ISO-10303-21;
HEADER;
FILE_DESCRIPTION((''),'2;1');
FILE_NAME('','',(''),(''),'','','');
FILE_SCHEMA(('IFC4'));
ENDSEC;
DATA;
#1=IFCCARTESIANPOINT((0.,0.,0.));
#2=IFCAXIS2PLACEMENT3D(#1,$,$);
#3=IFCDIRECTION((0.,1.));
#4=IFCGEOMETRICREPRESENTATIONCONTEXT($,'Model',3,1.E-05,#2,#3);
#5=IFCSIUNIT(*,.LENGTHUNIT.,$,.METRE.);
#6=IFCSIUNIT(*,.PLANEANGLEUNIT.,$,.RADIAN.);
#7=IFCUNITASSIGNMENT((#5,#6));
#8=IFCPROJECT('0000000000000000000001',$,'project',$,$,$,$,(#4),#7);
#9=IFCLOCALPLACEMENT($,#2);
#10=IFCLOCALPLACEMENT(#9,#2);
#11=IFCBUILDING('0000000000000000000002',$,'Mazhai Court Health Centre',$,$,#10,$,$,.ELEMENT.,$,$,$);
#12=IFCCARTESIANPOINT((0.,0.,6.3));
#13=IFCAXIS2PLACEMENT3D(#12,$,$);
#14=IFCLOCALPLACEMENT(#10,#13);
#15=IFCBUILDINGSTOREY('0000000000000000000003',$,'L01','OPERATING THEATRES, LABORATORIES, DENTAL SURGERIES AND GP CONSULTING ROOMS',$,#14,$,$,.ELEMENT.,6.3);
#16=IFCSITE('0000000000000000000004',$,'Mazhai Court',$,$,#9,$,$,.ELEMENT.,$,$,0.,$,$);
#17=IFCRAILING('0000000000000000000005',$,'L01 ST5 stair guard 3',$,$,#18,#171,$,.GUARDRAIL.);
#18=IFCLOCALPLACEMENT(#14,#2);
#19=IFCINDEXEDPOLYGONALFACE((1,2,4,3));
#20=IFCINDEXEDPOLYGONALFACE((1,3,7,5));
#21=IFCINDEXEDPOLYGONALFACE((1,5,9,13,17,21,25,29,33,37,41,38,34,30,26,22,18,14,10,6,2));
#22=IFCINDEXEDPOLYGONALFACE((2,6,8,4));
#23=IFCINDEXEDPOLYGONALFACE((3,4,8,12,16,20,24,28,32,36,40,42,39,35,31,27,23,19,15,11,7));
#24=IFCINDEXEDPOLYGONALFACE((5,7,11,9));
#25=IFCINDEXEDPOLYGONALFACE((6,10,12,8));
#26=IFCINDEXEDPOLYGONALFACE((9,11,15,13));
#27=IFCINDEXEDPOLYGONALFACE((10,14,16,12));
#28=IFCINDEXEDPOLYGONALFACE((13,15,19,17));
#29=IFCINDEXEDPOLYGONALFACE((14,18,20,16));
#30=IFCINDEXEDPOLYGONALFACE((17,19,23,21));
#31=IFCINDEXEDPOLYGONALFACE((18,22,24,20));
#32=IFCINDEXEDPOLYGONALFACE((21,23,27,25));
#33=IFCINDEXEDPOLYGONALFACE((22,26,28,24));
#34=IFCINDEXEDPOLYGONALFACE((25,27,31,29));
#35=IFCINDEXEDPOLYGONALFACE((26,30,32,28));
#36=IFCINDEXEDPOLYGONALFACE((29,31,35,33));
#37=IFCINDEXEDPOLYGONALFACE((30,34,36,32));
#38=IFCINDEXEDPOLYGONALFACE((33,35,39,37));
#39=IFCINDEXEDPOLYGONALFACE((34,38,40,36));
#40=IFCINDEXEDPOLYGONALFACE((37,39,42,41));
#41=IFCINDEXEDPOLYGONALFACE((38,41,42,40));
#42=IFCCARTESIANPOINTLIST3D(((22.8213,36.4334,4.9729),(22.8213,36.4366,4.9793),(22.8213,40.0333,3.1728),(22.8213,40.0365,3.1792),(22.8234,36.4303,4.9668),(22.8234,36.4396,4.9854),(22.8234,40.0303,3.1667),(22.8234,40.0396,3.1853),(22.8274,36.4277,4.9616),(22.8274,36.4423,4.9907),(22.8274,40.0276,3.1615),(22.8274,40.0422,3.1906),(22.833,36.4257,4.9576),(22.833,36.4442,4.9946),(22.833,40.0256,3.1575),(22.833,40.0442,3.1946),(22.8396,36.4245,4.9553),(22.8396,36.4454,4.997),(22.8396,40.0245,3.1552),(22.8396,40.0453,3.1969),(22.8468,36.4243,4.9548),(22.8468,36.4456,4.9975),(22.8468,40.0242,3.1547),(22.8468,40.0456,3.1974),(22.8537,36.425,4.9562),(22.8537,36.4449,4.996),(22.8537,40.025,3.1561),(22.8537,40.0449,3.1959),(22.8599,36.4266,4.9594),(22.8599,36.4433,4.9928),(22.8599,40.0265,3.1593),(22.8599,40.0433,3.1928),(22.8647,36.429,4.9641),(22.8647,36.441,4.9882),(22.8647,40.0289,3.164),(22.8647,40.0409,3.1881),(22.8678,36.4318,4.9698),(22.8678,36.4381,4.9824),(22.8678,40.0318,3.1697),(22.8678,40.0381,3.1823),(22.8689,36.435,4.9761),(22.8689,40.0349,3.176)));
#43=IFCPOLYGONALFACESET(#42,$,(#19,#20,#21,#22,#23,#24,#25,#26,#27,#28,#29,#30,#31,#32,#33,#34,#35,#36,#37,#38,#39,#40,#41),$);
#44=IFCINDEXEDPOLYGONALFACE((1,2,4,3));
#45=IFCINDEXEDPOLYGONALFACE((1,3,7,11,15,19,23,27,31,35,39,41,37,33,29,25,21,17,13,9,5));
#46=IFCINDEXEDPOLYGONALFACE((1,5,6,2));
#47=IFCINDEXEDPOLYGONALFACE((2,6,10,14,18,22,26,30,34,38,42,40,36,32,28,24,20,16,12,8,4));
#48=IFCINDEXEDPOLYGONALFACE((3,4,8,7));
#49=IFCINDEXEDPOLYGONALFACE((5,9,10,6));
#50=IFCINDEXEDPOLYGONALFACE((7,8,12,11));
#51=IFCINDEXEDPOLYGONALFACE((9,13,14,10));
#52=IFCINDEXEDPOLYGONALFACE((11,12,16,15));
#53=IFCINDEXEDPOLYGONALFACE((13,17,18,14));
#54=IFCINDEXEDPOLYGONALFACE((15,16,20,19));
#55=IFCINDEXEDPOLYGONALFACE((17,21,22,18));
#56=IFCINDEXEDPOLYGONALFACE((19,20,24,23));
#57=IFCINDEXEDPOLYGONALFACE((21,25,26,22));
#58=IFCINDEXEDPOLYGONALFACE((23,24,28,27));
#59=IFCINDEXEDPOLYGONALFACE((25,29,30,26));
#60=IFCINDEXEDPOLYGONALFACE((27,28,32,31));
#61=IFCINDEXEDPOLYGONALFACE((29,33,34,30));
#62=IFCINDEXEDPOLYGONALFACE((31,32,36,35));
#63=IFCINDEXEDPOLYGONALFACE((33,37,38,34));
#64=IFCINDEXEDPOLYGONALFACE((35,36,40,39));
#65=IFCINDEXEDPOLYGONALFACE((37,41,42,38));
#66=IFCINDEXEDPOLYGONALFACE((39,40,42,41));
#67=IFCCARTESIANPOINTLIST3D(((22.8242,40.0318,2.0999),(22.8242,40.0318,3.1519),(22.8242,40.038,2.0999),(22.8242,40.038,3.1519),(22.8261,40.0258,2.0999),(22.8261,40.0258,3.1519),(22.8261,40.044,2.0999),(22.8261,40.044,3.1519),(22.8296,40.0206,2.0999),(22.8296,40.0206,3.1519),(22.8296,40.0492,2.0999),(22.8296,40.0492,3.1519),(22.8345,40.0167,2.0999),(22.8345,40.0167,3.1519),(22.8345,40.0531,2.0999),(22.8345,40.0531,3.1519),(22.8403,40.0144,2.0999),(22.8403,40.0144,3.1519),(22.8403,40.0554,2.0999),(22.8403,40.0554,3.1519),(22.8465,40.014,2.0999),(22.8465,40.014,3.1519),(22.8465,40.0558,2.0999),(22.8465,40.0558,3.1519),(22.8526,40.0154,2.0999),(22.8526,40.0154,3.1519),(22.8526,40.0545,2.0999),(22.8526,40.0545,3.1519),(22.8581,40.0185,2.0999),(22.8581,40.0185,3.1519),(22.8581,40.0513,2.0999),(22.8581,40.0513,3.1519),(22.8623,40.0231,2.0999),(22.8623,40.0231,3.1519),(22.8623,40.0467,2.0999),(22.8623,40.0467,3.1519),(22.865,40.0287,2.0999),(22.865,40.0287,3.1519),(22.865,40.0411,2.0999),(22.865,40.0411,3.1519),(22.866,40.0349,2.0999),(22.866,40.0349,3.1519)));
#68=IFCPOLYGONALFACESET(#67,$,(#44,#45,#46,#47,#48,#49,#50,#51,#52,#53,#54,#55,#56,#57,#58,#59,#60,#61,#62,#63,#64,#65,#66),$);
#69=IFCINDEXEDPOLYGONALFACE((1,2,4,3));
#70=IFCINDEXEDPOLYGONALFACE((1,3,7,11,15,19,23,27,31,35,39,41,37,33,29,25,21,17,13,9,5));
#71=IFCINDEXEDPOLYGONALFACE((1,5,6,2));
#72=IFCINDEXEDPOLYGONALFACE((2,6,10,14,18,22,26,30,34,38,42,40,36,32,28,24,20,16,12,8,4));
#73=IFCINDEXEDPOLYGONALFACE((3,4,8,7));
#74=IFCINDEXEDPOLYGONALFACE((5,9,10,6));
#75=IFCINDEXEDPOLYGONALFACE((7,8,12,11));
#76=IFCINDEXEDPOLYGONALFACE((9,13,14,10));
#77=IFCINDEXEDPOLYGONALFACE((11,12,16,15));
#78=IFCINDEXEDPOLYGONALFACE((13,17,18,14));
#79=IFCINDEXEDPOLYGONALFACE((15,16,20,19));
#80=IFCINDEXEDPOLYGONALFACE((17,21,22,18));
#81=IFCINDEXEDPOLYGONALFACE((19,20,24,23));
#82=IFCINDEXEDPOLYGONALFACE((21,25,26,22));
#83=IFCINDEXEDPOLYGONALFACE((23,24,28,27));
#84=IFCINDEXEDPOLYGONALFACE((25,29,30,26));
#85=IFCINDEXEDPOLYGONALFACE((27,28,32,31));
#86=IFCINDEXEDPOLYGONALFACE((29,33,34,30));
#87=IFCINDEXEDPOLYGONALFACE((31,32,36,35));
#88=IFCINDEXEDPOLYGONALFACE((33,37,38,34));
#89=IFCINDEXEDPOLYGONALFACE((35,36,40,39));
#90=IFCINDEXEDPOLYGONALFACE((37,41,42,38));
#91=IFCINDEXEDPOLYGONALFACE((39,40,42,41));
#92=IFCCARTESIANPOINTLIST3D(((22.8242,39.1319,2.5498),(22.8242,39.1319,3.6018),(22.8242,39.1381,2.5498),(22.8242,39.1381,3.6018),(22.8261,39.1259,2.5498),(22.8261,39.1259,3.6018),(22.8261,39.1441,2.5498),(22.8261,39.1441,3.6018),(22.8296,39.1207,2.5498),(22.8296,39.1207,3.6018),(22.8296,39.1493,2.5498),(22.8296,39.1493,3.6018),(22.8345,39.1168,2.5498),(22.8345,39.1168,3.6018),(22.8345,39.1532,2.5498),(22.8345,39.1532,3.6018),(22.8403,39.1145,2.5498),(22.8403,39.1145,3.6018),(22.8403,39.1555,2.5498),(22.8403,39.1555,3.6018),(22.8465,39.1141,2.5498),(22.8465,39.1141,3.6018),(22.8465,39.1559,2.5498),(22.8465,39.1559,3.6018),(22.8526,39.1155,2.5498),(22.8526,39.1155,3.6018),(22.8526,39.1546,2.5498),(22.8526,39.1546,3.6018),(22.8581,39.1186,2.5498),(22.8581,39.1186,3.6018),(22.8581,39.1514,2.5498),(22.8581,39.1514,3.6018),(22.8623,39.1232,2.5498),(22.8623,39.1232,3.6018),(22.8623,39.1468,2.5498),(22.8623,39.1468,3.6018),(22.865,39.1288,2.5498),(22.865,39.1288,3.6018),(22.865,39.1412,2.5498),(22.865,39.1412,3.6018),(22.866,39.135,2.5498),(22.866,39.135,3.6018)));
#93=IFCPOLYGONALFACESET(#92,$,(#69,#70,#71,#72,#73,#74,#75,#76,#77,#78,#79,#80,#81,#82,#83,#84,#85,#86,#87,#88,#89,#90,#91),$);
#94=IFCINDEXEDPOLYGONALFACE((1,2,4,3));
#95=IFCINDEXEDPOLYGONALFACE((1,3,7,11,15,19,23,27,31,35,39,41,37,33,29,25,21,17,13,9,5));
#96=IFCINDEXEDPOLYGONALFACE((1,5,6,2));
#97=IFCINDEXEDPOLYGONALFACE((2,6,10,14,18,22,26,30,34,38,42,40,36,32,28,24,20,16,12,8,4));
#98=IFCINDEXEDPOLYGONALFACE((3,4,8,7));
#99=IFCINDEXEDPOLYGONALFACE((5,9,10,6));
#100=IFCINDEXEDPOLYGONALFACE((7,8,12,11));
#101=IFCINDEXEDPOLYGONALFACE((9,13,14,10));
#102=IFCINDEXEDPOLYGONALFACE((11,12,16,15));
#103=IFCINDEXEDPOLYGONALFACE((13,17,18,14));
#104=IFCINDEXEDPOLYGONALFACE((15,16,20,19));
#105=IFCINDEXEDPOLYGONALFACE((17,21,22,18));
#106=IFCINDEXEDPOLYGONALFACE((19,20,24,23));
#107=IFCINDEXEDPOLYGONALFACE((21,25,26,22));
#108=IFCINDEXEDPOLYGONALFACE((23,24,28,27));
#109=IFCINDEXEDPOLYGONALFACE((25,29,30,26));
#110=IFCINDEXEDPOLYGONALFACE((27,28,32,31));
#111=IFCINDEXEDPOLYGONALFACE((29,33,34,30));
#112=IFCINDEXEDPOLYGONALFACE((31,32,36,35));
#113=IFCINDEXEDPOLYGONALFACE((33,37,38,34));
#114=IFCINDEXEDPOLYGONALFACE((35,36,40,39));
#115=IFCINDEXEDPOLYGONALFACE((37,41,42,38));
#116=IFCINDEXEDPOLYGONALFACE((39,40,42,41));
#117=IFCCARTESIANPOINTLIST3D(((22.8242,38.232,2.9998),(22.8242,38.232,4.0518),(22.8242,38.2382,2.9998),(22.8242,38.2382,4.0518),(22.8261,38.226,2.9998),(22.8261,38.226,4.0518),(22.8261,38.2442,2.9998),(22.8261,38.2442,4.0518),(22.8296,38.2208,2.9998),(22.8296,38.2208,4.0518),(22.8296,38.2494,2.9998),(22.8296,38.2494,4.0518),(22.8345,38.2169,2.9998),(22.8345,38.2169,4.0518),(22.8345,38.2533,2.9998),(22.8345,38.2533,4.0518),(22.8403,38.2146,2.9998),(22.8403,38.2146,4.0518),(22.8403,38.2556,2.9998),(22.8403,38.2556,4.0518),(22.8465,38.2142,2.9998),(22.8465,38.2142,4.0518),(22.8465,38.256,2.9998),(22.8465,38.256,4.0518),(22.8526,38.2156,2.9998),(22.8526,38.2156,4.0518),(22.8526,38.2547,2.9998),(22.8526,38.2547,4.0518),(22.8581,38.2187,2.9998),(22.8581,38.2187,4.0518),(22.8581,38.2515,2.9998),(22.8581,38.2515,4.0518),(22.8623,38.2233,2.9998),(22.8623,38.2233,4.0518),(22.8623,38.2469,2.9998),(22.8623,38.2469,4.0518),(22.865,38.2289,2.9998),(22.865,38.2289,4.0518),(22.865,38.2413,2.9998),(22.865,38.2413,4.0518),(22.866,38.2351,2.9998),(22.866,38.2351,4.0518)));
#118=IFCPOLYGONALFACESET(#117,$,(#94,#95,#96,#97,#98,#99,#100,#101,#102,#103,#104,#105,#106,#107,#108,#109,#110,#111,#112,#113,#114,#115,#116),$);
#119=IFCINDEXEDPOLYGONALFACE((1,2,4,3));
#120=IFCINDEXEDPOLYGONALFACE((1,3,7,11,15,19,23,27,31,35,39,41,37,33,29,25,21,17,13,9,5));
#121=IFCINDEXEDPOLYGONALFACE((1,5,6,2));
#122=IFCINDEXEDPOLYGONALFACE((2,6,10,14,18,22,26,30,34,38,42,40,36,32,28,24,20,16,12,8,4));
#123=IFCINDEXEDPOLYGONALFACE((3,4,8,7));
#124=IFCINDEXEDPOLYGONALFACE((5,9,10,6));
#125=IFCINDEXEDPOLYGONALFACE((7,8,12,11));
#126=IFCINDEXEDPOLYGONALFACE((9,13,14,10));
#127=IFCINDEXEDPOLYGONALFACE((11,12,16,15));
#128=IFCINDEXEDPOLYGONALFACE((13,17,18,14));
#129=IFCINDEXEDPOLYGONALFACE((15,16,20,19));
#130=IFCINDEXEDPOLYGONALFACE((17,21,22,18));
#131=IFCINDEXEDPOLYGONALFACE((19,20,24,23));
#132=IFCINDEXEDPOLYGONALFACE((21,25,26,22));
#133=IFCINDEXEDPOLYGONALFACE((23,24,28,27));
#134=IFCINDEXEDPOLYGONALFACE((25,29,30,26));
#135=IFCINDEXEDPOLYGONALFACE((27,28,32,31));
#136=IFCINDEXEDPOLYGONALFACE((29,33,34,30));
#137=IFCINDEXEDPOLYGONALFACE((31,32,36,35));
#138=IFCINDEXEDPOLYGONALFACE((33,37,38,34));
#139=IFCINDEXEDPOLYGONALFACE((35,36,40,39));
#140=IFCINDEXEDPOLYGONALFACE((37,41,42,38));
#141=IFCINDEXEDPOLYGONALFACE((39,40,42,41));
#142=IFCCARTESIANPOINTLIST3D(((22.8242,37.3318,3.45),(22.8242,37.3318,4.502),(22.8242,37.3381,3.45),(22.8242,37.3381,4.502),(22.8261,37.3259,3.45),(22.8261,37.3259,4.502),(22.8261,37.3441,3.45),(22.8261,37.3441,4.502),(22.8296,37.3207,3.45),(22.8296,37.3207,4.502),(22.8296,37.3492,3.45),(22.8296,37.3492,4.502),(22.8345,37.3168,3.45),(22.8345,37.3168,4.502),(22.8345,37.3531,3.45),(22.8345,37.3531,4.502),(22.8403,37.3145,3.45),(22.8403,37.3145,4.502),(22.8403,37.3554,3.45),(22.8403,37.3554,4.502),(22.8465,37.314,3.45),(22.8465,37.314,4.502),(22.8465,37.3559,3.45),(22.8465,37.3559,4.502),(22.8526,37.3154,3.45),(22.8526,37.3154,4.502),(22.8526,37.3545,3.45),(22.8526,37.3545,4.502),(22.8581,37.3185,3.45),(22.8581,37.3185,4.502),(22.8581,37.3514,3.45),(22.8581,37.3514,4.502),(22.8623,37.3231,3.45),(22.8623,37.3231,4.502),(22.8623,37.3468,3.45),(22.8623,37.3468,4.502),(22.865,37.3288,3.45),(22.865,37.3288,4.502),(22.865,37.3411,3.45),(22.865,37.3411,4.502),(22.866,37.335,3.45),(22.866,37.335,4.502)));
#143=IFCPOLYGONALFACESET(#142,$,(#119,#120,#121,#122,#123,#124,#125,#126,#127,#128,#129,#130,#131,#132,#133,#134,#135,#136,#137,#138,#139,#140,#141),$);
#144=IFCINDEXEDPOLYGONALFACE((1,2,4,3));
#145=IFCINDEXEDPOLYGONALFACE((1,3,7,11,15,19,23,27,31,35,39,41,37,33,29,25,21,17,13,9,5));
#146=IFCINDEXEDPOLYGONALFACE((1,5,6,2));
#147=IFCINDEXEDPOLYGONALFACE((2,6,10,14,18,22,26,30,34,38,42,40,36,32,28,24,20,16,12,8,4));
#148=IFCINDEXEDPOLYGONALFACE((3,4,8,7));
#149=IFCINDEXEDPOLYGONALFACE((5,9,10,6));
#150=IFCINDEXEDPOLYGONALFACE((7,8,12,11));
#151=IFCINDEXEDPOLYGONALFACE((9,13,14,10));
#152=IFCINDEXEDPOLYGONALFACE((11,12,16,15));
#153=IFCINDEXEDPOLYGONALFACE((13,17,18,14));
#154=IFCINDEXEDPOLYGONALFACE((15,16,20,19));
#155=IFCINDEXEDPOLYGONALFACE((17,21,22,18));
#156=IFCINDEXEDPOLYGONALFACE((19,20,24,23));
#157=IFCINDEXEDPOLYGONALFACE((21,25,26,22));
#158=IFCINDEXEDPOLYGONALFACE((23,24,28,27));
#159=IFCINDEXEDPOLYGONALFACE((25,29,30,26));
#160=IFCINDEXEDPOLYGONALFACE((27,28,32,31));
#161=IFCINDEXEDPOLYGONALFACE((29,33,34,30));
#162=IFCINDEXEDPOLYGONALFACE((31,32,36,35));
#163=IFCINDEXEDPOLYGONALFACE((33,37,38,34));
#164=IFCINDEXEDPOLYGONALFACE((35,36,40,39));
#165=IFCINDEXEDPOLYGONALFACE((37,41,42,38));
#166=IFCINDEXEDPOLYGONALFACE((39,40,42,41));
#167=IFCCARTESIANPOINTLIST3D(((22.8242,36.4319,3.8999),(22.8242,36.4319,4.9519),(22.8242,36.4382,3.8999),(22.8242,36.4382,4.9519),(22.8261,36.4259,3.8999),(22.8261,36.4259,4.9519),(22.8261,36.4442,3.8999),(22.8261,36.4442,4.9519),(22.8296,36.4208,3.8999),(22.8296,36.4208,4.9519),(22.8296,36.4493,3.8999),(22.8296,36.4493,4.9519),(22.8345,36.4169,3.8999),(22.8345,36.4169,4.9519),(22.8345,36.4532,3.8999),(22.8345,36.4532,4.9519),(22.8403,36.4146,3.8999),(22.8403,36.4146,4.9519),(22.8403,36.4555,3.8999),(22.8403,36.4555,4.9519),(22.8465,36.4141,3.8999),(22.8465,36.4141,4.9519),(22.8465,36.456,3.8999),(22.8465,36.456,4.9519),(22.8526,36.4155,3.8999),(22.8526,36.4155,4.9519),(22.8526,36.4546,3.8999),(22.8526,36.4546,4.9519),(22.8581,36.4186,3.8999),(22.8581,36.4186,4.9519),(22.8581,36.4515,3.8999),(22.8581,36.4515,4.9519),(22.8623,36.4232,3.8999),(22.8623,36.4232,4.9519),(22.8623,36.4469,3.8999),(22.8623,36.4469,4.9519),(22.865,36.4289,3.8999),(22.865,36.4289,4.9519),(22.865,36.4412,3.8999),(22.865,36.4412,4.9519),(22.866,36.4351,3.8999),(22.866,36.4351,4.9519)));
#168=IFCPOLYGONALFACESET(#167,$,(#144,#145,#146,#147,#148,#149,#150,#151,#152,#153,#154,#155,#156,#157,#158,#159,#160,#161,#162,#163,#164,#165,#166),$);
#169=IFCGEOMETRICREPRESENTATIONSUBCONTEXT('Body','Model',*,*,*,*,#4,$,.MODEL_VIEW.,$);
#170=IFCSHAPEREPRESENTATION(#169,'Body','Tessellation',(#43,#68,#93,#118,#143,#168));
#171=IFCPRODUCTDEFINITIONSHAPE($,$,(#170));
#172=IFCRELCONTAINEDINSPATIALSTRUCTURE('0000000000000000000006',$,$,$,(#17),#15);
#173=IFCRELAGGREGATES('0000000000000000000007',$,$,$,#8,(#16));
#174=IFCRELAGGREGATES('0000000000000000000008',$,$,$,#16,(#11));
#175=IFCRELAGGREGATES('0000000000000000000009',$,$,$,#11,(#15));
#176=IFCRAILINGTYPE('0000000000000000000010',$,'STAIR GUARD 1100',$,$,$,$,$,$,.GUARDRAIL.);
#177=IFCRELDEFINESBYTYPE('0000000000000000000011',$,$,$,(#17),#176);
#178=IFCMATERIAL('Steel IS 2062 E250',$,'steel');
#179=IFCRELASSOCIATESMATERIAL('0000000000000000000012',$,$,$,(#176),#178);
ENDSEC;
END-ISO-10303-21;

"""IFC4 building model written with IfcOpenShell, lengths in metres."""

from ifc_helpers import new_model, si_unit, direction, frame, origin, origin_2d, place, context, subcontext, project, spatial, circle, extrude, material, type_object, element, save


model = new_model("IFC4")

# Units and contexts
model_context = context("Model", 3, precision=1e-05, world=origin(), true_north=direction((0.0, 1.0)))
body_context = subcontext(model_context, "Body", "Model", "MODEL_VIEW")
ifc_project = project(units=[si_unit("LENGTHUNIT", "METRE"), si_unit("PLANEANGLEUNIT", "RADIAN")], contexts=[model_context])

# Site, building, storey
site_placement = place(None, origin())
site = spatial("IfcSite", under=ifc_project, at=site_placement, Name="Mazhai Court", CompositionType="ELEMENT", RefElevation=0.0)
building_placement = place(site_placement, origin())
building = spatial("IfcBuilding", under=site, at=building_placement, Name="Mazhai Court Health Centre", CompositionType="ELEMENT")
storey_placement = place(building_placement, frame((0.0, 0.0, 6.3)))
storey = spatial("IfcBuildingStorey", under=building, at=storey_placement, Name="L01", Description="OPERATING THEATRES, LABORATORIES, DENTAL SURGERIES AND GP CONSULTING ROOMS", CompositionType="ELEMENT", Elevation=6.3)

# Railing
ifc_material_1 = material(Name="Steel IS 2062 E250", Category="steel")
railing_type_1 = type_object("IfcRailingType", Name="STAIR GUARD 1100", PredefinedType="GUARDRAIL", material=ifc_material_1)
railing_1_placement = place(storey_placement, frame((22.845, 40.0349, 2.0999)))
element("IfcRailing", 1, at=railing_1_placement, inside=storey, type_object=railing_type_1, Name="L01 ST5 stair guard 3", PredefinedType="GUARDRAIL", context=body_context, shape_type="SweptSolid", body=[
    extrude(circle(Radius=0.0239, at=origin_2d()), frame((0.0, 0.0, 1.0762), z_axis=(0.0, -0.894415, 0.447238), x_axis=(1.0, 0.0, 0.0)), (0.0, 0.0, 1.0), 4.0249),
    extrude(circle(Radius=0.021, at=origin_2d()), origin(), (0.0, 0.0, 1.0), 1.052),
    extrude(circle(Radius=0.021, at=origin_2d()), frame((0.0, -0.8999, 0.45)), (0.0, 0.0, 1.0), 1.052),
    extrude(circle(Radius=0.021, at=origin_2d()), frame((0.0, -1.7998, 0.8999)), (0.0, 0.0, 1.0), 1.052),
    extrude(circle(Radius=0.021, at=origin_2d()), frame((0.0, -2.7, 1.3501)), (0.0, 0.0, 1.0), 1.052),
    extrude(circle(Radius=0.021, at=origin_2d()), frame((0.0, -3.5999, 1.8)), (0.0, 0.0, 1.0), 1.052),
])

save(model, "model.ifc")
